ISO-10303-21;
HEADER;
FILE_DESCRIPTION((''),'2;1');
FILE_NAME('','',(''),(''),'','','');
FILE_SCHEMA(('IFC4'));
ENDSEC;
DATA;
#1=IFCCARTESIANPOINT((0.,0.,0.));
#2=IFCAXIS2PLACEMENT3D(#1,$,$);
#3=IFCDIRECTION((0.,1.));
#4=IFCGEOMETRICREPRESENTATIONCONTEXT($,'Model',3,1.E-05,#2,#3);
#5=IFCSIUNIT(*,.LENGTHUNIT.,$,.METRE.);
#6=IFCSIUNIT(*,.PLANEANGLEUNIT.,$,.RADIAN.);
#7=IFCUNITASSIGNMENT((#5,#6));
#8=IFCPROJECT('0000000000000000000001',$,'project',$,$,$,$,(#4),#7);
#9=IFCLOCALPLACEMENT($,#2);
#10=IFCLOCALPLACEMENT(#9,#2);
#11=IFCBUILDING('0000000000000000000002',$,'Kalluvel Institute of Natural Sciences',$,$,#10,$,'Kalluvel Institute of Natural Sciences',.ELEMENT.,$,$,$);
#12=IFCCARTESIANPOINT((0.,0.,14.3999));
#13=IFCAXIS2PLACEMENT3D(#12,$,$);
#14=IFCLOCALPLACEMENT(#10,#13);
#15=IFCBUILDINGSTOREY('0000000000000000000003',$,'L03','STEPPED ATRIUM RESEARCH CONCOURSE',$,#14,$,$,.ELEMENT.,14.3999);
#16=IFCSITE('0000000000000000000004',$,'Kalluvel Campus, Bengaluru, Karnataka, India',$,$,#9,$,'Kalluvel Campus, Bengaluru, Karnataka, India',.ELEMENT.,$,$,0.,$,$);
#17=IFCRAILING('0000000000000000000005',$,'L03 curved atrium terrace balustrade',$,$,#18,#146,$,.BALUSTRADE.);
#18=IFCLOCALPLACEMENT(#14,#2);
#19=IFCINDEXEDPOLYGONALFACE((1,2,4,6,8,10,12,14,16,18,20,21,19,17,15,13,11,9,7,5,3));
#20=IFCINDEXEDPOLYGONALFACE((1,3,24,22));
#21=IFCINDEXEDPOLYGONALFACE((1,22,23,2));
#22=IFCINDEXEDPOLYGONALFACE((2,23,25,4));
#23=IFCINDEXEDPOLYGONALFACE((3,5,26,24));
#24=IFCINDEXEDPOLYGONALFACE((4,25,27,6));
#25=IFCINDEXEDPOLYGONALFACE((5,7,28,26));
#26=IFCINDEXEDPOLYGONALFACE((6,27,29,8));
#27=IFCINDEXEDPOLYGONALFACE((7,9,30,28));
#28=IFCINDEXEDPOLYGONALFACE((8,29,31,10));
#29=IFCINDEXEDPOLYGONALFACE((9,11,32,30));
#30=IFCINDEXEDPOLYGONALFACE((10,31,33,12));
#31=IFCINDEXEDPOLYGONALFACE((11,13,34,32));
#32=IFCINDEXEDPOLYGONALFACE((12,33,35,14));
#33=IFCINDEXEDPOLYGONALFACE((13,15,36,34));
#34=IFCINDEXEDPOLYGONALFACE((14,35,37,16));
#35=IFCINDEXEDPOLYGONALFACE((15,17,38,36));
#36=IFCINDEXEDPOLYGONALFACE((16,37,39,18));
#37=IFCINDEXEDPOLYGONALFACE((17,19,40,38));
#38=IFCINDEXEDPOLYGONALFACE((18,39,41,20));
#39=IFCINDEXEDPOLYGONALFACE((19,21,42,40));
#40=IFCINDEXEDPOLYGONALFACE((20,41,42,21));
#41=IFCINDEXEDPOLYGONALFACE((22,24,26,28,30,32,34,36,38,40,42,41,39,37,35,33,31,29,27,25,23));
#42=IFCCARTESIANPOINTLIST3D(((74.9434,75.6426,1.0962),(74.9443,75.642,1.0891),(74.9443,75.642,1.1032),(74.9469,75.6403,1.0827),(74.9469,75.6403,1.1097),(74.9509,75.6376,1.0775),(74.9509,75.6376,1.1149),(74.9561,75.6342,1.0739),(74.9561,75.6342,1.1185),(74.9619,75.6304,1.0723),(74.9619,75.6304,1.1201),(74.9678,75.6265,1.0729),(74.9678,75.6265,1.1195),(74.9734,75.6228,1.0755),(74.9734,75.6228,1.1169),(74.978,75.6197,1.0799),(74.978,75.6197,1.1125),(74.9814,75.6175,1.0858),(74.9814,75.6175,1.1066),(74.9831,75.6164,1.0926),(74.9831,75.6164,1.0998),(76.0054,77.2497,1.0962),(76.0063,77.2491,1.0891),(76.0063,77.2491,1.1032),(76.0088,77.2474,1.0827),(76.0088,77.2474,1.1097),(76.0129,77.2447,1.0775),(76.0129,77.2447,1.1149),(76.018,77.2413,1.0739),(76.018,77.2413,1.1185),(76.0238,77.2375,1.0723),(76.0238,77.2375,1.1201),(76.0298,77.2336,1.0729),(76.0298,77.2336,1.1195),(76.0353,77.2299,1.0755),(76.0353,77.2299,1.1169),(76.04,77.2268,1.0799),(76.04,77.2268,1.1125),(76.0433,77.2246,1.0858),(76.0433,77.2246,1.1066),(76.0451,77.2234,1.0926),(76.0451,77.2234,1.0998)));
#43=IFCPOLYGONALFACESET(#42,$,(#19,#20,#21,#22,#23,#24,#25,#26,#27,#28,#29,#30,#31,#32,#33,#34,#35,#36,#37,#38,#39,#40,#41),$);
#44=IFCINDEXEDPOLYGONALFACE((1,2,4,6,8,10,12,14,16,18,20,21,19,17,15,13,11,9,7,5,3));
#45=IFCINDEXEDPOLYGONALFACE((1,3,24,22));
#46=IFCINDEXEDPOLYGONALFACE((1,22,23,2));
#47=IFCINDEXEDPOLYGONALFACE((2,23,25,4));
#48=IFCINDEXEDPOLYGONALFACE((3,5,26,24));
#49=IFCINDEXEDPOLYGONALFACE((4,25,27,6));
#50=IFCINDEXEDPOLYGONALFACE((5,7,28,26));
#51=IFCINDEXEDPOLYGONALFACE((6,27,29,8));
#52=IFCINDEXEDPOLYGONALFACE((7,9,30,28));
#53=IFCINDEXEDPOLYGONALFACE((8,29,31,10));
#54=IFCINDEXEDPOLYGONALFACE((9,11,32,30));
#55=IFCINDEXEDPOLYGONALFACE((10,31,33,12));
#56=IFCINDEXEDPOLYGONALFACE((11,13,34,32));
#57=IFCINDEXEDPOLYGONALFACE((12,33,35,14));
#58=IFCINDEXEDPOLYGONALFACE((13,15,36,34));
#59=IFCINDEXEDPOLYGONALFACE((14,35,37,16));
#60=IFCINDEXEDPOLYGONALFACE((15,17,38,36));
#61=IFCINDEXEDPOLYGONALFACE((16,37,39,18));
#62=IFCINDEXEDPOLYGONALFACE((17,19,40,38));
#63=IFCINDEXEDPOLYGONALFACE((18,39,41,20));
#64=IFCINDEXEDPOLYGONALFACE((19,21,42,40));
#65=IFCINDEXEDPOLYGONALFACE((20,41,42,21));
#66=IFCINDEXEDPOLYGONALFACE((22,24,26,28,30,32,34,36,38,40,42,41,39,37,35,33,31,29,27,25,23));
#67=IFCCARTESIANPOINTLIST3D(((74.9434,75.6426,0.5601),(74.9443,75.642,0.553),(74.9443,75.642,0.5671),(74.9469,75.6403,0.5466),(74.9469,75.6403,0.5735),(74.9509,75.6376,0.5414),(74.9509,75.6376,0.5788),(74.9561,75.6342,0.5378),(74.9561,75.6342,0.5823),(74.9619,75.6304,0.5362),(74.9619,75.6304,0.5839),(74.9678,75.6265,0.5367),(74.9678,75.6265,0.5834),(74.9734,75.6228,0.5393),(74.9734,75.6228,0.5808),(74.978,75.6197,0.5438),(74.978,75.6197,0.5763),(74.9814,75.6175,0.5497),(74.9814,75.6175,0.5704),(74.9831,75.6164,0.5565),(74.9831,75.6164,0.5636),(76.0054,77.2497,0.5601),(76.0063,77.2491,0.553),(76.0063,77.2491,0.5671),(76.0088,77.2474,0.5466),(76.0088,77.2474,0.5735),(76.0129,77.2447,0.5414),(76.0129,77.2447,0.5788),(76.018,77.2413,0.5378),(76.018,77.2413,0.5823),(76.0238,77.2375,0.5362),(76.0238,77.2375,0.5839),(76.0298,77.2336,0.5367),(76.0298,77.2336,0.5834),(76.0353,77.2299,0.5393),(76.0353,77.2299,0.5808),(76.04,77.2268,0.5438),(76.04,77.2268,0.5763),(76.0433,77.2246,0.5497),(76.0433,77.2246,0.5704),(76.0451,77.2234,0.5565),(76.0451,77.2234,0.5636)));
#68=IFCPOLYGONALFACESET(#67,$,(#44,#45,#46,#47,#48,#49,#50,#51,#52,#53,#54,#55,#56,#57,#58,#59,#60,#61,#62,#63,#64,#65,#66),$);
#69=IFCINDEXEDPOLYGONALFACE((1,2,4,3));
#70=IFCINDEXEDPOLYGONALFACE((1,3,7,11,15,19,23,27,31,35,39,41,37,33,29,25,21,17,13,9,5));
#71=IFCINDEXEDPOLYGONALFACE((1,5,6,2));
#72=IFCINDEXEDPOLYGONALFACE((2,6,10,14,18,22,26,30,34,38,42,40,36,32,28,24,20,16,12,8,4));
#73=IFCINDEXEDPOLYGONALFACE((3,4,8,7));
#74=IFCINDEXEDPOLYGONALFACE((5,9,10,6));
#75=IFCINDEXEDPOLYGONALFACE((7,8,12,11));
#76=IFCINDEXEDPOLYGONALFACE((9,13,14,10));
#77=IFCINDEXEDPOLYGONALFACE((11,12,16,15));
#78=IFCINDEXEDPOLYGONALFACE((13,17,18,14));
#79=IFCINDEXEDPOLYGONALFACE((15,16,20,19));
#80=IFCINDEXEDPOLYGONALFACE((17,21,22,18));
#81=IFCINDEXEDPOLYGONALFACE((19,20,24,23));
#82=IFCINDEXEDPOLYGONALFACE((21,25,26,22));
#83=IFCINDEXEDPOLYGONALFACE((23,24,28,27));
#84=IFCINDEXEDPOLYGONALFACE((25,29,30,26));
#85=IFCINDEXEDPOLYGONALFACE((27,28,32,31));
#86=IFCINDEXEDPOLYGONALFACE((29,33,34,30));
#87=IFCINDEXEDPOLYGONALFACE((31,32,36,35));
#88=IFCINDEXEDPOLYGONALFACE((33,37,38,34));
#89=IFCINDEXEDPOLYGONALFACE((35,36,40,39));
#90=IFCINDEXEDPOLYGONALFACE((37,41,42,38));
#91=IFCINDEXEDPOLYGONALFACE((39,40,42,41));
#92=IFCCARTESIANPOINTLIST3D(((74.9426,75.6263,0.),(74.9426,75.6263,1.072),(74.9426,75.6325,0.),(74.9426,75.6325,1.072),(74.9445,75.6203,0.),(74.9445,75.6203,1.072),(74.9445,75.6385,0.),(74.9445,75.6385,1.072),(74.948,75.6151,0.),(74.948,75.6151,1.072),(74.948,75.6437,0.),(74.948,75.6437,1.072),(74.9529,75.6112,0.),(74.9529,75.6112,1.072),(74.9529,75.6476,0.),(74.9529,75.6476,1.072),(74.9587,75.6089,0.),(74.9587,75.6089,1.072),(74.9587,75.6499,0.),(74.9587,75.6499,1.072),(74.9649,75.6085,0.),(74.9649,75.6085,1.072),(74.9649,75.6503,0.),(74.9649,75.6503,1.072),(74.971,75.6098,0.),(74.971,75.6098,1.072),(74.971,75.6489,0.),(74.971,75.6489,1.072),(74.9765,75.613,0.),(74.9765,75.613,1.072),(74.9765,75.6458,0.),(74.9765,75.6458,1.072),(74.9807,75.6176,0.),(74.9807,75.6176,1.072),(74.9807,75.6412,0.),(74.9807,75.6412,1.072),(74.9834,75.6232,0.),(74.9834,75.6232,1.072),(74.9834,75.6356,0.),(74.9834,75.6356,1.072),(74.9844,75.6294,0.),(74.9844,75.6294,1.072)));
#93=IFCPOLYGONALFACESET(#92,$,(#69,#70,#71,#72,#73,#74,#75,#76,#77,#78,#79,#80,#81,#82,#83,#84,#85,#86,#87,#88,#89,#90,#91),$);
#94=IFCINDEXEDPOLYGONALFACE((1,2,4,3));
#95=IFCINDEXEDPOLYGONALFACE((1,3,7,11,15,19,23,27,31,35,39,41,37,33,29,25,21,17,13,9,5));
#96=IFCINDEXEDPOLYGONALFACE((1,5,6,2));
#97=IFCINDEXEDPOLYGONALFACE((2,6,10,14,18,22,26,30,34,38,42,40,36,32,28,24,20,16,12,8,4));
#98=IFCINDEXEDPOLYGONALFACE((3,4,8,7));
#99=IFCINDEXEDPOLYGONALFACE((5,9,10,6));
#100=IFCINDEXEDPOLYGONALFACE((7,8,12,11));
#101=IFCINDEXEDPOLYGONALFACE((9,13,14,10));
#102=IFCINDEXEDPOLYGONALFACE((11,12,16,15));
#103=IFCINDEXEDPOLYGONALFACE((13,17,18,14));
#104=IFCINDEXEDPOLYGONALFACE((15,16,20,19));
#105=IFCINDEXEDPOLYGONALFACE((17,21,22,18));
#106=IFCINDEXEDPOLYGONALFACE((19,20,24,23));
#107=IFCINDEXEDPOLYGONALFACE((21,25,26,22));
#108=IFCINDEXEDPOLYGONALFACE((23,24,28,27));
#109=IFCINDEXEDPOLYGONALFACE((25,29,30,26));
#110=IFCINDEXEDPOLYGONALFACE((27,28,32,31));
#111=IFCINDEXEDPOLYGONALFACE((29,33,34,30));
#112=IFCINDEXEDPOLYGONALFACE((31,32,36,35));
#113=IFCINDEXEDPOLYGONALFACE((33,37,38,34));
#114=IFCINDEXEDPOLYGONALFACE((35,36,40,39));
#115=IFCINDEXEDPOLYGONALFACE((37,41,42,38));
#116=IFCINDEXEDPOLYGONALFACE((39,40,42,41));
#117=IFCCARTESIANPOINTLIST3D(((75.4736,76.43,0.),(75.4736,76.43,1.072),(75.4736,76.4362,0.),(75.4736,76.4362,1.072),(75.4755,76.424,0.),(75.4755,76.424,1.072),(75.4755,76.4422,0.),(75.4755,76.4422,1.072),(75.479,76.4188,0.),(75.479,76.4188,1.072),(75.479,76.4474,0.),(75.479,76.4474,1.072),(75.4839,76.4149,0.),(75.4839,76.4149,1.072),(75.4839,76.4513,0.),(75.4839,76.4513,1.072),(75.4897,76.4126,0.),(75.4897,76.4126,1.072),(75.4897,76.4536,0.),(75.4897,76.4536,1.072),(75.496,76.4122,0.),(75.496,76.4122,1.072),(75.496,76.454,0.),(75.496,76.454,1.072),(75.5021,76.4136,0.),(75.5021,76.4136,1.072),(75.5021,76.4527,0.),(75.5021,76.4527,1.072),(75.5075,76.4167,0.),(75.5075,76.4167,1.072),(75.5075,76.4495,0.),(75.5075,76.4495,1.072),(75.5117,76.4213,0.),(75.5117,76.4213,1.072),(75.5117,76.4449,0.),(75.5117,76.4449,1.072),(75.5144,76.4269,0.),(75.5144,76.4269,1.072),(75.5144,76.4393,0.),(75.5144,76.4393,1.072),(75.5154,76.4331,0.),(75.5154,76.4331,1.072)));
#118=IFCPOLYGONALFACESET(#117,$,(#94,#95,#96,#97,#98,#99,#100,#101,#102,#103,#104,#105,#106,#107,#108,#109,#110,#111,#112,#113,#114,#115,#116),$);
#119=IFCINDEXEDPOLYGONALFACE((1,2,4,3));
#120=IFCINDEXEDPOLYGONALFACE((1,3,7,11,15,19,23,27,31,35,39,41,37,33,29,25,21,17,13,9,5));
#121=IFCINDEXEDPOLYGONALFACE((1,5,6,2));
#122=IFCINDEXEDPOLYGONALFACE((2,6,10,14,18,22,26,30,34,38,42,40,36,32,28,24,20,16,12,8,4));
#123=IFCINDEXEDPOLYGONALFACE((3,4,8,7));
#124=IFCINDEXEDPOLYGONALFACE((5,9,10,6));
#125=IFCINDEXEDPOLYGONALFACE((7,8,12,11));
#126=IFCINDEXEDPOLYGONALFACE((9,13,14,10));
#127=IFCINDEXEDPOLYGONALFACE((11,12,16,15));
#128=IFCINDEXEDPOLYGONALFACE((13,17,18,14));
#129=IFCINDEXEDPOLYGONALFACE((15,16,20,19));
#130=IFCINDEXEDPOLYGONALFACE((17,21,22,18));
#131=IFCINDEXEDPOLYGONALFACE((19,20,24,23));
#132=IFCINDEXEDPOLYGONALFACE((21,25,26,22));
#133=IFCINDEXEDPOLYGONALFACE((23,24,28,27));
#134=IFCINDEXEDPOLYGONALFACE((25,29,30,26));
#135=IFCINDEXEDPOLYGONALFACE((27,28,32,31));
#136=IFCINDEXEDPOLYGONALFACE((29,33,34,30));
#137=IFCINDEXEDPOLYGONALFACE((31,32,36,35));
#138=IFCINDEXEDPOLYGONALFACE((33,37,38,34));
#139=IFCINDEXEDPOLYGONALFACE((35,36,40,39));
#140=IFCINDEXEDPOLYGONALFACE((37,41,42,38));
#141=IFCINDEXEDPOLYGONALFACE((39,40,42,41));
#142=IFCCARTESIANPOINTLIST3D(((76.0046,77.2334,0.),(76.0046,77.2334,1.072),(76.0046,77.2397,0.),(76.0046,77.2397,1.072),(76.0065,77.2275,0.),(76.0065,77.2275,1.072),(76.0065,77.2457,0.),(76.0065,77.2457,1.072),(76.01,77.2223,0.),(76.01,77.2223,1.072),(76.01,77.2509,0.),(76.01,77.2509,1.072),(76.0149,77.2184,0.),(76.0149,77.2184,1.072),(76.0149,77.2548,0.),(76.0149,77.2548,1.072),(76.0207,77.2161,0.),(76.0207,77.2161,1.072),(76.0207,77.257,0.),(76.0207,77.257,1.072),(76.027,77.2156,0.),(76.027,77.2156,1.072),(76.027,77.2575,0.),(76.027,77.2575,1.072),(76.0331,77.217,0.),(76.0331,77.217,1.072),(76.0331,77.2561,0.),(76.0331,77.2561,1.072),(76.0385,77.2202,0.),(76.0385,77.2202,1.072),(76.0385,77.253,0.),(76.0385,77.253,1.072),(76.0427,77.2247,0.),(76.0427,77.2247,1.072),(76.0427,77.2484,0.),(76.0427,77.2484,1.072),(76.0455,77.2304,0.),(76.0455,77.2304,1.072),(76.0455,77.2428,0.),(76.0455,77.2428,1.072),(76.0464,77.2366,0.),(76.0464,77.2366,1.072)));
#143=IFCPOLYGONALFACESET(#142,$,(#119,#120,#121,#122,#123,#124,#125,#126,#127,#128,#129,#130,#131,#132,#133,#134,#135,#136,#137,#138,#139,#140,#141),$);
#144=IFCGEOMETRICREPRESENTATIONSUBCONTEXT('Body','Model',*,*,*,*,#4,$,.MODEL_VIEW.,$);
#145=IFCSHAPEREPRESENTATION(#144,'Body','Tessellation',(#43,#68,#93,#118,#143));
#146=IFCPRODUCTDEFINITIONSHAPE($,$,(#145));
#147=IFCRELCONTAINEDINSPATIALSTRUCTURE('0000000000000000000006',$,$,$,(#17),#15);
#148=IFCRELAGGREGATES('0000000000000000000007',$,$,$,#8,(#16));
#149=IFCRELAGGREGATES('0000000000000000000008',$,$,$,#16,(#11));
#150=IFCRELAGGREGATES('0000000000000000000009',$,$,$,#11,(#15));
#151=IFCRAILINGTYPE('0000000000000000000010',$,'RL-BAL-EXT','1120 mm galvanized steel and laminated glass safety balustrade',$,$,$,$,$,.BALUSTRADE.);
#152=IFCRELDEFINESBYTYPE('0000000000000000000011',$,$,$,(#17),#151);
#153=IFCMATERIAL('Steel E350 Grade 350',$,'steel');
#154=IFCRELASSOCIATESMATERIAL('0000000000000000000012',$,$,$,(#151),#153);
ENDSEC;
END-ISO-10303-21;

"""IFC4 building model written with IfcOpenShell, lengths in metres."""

from ifc_helpers import new_model, si_unit, direction, frame, origin, origin_2d, place, context, subcontext, project, spatial, circle, extrude, material, type_object, element, save


model = new_model("IFC4")

# Units and contexts
model_context = context("Model", 3, precision=1e-05, world=origin(), true_north=direction((0.0, 1.0)))
body_context = subcontext(model_context, "Body", "Model", "MODEL_VIEW")
ifc_project = project(units=[si_unit("LENGTHUNIT", "METRE"), si_unit("PLANEANGLEUNIT", "RADIAN")], contexts=[model_context])

# Site, building, storey
site_placement = place(None, origin())
site = spatial("IfcSite", under=ifc_project, at=site_placement, Name="Kalluvel Campus, Bengaluru, Karnataka, India", LongName="Kalluvel Campus, Bengaluru, Karnataka, India", CompositionType="ELEMENT", RefElevation=0.0)
building_placement = place(site_placement, origin())
building = spatial("IfcBuilding", under=site, at=building_placement, Name="Kalluvel Institute of Natural Sciences", LongName="Kalluvel Institute of Natural Sciences", CompositionType="ELEMENT")
storey_placement = place(building_placement, frame((0.0, 0.0, 14.3999)))
storey = spatial("IfcBuildingStorey", under=building, at=storey_placement, Name="L03", Description="STEPPED ATRIUM RESEARCH CONCOURSE", CompositionType="ELEMENT", Elevation=14.3999)

# Railing
ifc_material_1 = material(Name="Steel E350 Grade 350", Category="steel")
railing_type = type_object("IfcRailingType", Name="RL-BAL-EXT", Description="1120 mm galvanized steel and laminated glass safety balustrade", PredefinedType="BALUSTRADE", material=ifc_material_1)
railing_1_placement = place(storey_placement, frame((74.9634, 75.6294, 0.0)))
element("IfcRailing", 1, at=railing_1_placement, inside=storey, type_object=railing_type, Name="L03 curved atrium terrace balustrade", PredefinedType="BALUSTRADE", context=body_context, shape_type="SweptSolid", body=[
    extrude(circle(Radius=0.0239, at=origin_2d()), frame((0.0, 0.0, 1.0962), z_axis=(0.551303, 0.834305, 0.0), x_axis=(-0.834305, 0.551303, 0.0)), (0.0, 0.0, 1.0), 1.9263),
    extrude(circle(Radius=0.0239, at=origin_2d()), frame((0.0, 0.0, 0.5601), z_axis=(0.551303, 0.834305, 0.0), x_axis=(-0.834305, 0.551303, 0.0)), (0.0, 0.0, 1.0), 1.9263),
    extrude(circle(Radius=0.021, at=origin_2d()), origin(), (0.0, 0.0, 1.0), 1.072),
    extrude(circle(Radius=0.021, at=origin_2d()), frame((0.531, 0.8037, 0.0)), (0.0, 0.0, 1.0), 1.072),
    extrude(circle(Radius=0.021, at=origin_2d()), frame((1.062, 1.6072, 0.0)), (0.0, 0.0, 1.0), 1.072),
])

save(model, "model.ifc")
